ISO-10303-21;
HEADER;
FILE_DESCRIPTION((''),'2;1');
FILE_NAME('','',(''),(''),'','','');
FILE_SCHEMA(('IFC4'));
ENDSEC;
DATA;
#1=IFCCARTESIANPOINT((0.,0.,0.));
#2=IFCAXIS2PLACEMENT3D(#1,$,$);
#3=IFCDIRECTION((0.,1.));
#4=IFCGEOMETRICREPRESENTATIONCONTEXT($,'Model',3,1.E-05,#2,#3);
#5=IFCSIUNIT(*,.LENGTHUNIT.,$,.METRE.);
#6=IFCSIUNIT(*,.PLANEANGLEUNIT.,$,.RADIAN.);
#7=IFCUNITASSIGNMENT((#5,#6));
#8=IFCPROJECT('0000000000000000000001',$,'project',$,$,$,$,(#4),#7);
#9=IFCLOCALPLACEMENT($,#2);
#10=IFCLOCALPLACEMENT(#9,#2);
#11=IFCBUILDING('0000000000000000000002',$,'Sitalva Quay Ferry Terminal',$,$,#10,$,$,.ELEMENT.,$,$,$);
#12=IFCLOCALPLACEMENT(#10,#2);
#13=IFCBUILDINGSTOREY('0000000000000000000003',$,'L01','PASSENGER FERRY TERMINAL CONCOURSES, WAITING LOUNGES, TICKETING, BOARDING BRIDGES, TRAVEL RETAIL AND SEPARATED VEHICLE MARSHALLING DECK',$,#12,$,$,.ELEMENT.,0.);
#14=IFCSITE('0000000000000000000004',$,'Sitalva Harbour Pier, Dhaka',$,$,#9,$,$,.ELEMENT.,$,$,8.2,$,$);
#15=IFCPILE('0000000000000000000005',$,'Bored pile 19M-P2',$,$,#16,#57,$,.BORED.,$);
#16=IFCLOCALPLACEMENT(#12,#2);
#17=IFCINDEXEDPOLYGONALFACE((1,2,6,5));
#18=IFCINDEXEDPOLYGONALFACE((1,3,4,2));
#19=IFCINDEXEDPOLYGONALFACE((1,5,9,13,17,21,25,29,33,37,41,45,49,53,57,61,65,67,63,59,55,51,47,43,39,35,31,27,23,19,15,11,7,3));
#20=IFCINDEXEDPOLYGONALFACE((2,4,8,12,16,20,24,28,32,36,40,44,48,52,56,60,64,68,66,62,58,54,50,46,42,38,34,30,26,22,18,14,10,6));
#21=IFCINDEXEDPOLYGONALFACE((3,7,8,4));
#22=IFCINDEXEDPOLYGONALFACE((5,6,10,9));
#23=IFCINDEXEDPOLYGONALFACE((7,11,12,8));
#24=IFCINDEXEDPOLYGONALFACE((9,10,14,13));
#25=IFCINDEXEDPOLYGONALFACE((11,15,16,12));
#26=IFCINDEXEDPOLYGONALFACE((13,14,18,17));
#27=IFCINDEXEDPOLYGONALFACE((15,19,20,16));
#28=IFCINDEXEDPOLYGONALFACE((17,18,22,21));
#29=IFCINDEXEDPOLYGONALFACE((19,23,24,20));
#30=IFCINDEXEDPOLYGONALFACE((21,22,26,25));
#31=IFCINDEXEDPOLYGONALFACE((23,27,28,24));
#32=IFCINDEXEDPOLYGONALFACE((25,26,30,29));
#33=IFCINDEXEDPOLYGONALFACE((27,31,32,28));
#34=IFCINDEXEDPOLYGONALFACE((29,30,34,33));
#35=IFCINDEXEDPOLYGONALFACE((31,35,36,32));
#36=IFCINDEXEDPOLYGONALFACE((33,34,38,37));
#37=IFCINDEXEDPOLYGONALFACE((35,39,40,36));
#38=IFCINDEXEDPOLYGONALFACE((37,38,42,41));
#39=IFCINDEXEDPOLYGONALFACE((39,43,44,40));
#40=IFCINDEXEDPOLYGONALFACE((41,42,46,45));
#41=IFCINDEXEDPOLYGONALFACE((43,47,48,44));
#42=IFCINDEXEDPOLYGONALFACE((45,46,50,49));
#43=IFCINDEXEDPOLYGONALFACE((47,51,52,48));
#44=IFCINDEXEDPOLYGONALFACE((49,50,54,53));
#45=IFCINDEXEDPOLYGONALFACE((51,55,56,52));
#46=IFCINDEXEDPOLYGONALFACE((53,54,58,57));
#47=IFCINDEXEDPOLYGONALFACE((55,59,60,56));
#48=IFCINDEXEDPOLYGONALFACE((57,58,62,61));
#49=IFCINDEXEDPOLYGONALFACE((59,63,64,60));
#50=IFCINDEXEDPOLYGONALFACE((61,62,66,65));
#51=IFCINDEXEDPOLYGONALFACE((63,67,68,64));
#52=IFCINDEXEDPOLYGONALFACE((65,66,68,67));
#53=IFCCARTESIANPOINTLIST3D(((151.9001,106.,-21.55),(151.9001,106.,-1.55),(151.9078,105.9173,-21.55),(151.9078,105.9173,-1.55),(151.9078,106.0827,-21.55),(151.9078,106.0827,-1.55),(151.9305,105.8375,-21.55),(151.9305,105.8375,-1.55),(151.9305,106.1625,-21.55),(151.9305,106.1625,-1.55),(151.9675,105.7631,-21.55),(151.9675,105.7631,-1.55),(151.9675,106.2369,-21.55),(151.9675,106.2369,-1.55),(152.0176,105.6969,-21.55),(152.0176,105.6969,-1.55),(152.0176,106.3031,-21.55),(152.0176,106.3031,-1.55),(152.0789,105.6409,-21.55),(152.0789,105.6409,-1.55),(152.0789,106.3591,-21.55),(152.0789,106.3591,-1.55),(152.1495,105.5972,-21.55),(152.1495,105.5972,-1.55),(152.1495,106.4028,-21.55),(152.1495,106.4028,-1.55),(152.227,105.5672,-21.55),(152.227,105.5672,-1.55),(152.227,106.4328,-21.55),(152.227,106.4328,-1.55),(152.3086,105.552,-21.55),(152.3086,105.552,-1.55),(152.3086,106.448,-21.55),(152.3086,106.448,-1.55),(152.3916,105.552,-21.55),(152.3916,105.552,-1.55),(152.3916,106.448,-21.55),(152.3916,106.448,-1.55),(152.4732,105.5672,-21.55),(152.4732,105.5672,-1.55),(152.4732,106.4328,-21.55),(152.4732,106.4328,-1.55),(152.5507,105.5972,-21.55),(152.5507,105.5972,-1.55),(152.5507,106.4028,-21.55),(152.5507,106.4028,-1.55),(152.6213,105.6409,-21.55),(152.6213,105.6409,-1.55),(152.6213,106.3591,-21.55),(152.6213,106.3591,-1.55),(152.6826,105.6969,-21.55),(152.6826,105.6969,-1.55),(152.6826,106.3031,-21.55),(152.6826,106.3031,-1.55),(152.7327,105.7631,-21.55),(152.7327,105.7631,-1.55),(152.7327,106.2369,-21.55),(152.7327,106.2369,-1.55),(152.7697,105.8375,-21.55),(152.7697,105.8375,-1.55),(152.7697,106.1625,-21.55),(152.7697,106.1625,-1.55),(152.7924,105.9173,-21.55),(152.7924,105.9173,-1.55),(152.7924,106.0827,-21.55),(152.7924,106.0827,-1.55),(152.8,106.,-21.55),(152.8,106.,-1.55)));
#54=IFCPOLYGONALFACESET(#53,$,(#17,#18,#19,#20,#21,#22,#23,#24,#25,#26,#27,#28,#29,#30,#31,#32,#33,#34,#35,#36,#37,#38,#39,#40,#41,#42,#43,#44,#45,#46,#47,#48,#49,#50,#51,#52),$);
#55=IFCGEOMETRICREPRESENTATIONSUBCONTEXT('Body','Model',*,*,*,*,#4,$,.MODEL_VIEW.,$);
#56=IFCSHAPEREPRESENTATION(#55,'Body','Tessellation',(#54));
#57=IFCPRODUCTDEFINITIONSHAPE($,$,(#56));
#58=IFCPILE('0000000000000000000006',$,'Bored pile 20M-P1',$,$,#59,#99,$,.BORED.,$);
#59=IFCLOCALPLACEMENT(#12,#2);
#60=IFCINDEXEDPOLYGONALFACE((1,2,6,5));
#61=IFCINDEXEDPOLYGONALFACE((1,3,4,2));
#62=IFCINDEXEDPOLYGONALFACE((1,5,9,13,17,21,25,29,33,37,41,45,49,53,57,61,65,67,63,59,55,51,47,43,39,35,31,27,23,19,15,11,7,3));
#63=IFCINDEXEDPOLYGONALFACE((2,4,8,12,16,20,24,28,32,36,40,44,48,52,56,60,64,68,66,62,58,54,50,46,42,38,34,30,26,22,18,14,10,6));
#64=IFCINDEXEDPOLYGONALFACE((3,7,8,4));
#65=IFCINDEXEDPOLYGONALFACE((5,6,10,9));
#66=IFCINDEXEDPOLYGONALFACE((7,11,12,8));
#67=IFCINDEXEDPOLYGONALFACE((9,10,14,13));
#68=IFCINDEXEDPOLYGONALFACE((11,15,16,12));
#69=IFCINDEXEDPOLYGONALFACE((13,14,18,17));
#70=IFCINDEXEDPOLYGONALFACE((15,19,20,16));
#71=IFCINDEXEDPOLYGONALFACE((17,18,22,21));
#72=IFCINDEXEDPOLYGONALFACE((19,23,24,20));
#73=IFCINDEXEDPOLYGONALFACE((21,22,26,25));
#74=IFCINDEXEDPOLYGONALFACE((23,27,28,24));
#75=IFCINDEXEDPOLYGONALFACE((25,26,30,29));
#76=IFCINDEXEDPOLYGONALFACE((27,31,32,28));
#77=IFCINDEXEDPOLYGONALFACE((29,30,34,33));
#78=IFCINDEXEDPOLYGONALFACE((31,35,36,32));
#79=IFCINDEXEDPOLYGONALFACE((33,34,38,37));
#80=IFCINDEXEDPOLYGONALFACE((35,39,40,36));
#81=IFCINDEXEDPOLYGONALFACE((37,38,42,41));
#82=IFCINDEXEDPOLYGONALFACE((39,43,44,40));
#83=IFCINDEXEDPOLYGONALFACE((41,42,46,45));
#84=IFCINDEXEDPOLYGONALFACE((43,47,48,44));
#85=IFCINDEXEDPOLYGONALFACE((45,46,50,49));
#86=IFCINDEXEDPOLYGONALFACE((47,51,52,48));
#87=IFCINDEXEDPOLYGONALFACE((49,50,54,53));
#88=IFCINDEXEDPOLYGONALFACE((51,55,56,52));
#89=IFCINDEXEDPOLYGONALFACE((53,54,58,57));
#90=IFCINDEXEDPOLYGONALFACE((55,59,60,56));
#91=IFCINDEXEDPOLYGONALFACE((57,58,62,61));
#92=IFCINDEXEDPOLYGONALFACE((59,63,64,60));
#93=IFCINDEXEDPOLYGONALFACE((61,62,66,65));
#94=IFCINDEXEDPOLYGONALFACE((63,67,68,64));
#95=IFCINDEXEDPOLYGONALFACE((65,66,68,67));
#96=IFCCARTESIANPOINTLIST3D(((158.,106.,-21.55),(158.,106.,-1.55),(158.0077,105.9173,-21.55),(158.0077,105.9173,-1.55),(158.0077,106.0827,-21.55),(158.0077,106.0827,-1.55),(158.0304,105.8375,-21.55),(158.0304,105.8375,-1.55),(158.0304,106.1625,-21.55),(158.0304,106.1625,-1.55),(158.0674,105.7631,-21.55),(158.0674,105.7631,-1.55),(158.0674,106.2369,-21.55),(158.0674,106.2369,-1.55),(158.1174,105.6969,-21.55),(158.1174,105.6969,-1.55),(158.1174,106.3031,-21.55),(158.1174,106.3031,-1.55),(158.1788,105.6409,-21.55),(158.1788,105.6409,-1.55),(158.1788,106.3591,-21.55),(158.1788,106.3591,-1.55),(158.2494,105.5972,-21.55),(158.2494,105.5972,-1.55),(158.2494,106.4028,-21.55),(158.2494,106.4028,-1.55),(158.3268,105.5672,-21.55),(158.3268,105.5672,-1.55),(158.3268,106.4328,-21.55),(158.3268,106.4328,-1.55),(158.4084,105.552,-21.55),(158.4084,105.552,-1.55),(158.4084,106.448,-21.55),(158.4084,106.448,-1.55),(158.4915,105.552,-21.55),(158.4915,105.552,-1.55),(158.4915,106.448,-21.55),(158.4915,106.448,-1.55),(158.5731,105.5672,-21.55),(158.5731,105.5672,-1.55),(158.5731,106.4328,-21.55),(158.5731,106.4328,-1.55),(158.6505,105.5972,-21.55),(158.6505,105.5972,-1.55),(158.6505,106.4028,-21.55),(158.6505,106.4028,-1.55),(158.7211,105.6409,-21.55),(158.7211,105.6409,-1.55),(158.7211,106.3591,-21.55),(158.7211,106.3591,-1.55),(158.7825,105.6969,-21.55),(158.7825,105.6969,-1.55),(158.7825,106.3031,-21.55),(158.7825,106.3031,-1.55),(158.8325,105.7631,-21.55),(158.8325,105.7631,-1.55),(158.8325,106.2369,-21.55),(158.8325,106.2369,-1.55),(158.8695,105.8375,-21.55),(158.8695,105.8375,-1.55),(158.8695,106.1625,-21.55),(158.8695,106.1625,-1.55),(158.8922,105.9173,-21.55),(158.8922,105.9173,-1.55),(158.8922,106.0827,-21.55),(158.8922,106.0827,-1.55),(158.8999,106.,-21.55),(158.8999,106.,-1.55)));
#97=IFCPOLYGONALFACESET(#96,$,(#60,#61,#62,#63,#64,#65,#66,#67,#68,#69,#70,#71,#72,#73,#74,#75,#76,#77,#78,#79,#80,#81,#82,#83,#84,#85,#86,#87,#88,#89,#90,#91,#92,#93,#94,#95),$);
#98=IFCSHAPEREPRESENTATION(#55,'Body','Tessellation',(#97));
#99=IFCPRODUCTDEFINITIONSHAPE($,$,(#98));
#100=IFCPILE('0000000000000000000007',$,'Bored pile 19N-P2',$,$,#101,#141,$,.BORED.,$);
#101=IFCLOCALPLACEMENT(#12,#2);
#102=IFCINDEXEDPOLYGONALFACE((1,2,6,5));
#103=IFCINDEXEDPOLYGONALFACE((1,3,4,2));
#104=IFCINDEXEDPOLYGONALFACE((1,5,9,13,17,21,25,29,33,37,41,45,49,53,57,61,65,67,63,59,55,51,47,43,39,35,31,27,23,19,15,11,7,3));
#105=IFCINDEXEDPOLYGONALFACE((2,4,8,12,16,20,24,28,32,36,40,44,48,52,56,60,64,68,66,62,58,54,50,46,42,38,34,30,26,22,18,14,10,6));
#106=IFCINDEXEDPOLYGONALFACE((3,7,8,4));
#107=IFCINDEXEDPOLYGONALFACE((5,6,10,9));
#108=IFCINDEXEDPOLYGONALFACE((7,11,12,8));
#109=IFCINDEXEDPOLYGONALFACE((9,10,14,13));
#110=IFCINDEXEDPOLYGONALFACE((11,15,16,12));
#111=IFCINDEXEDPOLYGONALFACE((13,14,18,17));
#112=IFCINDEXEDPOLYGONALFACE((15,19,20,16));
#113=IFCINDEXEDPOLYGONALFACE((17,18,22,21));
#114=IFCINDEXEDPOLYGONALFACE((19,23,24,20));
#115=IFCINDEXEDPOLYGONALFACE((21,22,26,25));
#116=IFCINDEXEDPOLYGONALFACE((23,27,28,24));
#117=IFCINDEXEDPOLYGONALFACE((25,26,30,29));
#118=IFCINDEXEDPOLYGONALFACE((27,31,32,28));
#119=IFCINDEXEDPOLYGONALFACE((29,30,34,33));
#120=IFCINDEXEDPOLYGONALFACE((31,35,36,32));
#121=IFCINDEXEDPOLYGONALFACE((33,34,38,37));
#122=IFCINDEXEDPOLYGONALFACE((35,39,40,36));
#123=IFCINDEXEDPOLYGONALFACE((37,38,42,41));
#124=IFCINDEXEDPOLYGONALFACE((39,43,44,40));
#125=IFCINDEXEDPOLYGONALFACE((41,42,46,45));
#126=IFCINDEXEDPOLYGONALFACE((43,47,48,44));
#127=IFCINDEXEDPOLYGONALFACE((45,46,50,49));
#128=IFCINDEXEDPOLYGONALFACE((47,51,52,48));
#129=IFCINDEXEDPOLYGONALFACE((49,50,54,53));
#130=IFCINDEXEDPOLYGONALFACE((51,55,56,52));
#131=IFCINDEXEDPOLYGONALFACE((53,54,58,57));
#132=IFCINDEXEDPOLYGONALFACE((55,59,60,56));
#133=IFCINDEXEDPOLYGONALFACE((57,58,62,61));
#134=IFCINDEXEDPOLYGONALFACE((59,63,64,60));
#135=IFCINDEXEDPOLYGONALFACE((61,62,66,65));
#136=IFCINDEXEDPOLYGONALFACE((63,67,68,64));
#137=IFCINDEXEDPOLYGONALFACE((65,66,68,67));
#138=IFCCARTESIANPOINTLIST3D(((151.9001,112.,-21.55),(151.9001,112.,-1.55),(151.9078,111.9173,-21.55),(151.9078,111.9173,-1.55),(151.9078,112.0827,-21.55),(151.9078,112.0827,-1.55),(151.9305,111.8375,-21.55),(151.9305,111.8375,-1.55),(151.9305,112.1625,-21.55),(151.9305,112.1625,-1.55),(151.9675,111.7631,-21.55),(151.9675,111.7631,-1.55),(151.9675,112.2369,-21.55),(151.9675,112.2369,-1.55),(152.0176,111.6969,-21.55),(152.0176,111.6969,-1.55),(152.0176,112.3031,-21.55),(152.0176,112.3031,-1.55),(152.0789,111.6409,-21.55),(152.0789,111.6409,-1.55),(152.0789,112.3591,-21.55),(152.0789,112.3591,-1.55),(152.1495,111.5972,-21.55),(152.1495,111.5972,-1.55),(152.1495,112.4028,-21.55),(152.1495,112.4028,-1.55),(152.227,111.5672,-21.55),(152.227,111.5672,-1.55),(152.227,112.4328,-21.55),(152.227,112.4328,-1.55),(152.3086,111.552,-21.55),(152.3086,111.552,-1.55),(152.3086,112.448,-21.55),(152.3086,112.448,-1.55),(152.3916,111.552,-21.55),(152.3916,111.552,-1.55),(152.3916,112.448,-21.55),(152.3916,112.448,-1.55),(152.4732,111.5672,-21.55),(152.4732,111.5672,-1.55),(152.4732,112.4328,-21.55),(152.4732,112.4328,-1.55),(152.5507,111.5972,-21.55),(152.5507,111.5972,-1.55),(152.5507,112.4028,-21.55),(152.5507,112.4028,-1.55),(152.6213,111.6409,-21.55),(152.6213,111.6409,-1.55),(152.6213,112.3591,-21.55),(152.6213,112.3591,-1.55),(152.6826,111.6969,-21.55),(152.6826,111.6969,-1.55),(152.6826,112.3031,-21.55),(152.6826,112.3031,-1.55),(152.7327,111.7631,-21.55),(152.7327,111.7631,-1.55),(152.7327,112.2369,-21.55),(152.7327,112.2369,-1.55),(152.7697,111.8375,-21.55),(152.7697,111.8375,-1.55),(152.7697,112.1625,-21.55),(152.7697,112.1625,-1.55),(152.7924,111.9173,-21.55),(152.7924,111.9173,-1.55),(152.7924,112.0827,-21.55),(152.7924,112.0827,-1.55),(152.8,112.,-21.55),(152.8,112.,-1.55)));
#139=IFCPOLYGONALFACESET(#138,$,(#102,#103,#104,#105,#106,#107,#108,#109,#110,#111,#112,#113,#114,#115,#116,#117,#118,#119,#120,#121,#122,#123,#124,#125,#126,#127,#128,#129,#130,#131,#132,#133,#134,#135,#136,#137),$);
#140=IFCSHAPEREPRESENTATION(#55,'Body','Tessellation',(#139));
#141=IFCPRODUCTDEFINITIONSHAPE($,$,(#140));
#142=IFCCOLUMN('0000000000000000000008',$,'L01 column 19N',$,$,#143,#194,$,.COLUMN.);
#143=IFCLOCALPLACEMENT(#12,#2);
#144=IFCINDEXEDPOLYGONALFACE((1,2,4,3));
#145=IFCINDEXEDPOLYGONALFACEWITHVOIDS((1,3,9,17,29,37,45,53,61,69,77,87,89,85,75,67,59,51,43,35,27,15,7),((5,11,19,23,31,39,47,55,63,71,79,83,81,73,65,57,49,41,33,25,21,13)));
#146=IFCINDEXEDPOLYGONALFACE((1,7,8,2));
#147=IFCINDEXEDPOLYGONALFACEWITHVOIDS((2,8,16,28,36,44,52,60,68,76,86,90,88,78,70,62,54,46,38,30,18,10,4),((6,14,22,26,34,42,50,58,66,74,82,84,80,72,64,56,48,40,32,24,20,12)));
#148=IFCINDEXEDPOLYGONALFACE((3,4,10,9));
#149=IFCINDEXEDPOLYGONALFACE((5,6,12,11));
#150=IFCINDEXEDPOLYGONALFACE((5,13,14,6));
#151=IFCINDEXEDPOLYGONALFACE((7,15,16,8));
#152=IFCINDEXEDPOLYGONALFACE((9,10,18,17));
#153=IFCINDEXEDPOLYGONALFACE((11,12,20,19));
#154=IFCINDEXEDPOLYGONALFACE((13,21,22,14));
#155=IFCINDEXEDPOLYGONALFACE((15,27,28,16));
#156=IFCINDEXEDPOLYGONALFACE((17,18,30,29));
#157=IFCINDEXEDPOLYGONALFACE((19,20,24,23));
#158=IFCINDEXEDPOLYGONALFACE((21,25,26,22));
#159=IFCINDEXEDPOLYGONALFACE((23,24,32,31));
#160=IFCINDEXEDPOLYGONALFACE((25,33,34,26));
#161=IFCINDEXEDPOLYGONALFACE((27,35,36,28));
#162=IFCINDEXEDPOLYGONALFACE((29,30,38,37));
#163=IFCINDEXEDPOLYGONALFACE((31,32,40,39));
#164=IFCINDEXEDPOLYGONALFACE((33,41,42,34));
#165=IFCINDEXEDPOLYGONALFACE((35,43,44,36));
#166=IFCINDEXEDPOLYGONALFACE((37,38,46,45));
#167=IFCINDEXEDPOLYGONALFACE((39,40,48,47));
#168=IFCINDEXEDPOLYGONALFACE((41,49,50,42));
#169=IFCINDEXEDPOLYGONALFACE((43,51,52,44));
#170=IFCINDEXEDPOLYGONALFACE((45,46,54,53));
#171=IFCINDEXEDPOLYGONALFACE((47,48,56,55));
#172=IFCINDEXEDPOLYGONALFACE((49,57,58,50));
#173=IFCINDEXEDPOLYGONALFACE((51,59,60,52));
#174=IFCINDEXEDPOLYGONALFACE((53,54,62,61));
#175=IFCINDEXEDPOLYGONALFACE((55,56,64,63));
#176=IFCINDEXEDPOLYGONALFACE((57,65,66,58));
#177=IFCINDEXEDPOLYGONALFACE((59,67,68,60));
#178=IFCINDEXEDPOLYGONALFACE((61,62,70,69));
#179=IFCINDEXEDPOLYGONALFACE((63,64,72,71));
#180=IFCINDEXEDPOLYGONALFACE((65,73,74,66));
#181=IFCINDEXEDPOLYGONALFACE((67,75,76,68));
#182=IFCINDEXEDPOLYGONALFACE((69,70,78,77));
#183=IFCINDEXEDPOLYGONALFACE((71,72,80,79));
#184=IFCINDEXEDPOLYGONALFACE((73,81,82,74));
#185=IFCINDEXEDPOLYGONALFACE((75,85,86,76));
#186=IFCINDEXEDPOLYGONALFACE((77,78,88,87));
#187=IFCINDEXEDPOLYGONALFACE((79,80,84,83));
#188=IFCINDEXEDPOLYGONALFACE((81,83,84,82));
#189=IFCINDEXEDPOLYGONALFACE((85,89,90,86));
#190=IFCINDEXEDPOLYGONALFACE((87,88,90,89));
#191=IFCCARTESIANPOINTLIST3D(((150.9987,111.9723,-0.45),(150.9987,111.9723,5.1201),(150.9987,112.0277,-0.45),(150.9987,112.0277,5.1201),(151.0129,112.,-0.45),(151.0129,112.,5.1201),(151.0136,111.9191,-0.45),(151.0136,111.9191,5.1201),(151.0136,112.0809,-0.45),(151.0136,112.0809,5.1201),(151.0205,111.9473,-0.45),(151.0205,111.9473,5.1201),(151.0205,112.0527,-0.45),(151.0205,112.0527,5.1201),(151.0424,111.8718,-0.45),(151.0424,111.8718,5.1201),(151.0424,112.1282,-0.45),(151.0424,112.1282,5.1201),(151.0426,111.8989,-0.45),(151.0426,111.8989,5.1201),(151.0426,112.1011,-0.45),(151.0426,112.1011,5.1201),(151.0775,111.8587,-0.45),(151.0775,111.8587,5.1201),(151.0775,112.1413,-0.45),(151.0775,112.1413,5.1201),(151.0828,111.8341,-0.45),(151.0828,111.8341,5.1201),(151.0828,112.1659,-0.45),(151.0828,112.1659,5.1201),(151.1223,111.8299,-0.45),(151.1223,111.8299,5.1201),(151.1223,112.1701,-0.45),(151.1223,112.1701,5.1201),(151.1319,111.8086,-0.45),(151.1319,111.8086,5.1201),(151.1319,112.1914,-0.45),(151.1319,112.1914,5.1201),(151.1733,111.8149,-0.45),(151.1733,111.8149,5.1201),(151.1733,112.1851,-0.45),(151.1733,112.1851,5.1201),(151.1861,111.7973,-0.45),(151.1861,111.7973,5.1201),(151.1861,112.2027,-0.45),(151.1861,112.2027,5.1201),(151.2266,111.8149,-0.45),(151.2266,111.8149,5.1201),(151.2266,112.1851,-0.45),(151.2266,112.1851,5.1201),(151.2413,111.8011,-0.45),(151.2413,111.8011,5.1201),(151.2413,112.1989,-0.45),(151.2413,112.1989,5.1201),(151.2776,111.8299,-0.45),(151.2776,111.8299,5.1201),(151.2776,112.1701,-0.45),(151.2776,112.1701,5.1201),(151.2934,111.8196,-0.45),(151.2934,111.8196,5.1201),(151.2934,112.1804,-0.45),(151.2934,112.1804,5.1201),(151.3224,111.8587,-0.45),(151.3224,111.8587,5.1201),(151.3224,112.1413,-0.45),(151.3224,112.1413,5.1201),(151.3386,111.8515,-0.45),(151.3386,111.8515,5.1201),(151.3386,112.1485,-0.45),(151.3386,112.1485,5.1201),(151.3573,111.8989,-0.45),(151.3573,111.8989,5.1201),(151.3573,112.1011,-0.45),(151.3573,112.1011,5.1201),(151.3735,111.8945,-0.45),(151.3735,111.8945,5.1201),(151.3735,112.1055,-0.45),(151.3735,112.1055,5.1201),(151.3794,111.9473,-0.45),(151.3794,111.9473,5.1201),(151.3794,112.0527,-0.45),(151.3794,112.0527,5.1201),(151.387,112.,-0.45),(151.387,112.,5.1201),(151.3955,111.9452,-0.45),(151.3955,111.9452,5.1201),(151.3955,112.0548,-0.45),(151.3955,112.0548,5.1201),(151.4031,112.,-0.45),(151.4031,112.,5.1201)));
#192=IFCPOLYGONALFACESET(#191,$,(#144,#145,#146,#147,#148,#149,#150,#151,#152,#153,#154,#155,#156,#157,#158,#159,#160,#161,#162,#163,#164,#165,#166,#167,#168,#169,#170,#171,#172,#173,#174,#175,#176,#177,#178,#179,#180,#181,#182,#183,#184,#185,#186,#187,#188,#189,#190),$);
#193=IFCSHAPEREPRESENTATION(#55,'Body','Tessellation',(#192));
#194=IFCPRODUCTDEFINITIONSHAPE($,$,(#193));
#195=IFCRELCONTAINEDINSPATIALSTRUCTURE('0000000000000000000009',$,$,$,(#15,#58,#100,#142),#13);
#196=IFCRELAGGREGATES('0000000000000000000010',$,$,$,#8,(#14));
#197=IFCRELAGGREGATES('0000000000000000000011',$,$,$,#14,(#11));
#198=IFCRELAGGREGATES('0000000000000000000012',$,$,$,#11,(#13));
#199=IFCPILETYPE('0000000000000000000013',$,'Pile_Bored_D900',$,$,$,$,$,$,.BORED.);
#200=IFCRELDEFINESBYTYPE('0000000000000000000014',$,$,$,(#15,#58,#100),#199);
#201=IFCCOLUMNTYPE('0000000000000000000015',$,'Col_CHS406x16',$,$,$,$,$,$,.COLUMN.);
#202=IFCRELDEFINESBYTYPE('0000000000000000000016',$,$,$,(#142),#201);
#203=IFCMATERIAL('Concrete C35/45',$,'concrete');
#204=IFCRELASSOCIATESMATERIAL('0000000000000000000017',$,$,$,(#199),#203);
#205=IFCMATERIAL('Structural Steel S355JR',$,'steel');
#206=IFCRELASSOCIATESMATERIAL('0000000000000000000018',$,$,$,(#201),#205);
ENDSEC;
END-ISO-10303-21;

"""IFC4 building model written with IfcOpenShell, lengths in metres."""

from ifc_helpers import new_model, si_unit, direction, frame, origin, origin_2d, place, context, subcontext, project, spatial, circle, hollow_circle, extrude, material, material_profile, profile_set, type_object, element, save


model = new_model("IFC4")

# Units and contexts
model_context = context("Model", 3, precision=1e-05, world=origin(), true_north=direction((0.0, 1.0)))
body_context = subcontext(model_context, "Body", "Model", "MODEL_VIEW")
ifc_project = project(units=[si_unit("LENGTHUNIT", "METRE"), si_unit("PLANEANGLEUNIT", "RADIAN")], contexts=[model_context])

# Site, building, storey
site_placement = place(None, origin())
site = spatial("IfcSite", under=ifc_project, at=site_placement, Name="Sitalva Harbour Pier, Dhaka", CompositionType="ELEMENT", RefElevation=8.2)
building_placement = place(site_placement, origin())
building = spatial("IfcBuilding", under=site, at=building_placement, Name="Sitalva Quay Ferry Terminal", CompositionType="ELEMENT")
storey_placement = place(building_placement, origin())
storey = spatial("IfcBuildingStorey", under=building, at=storey_placement, Name="L01", Description="PASSENGER FERRY TERMINAL CONCOURSES, WAITING LOUNGES, TICKETING, BOARDING BRIDGES, TRAVEL RETAIL AND SEPARATED VEHICLE MARSHALLING DECK", CompositionType="ELEMENT", Elevation=0.0)

# Piles
ifc_material_1 = material(Name="Concrete C35/45", Category="concrete")
ifc_material_profile_1 = material_profile(ifc_material_1, circle(Radius=0.45, at=origin_2d()), Name="PILE-D900")
ifc_profile_set_1 = profile_set([ifc_material_profile_1], Name="Concrete C35/45")
pile_type = type_object("IfcPileType", Name="Pile_Bored_D900", PredefinedType="BORED", material=ifc_profile_set_1)
for number, where, z_axis, x_axis, name in (
    (1, (152.3501, 106.0, -1.55), (0.0, 0.0, -1.0), (1.0, 0.0, 0.0), "Bored pile 19M-P2"),
    (2, (158.45, 106.0, -1.55), (0.0, 0.0, -1.0), (1.0, 0.0, 0.0), "Bored pile 20M-P1"),
    (3, (152.3501, 112.0, -1.55), (0.0, 0.0, -1.0), (1.0, 0.0, 0.0), "Bored pile 19N-P2"),
):
    element("IfcPile", number, at=place(storey_placement, frame(where, z_axis=z_axis, x_axis=x_axis)), inside=storey, type_object=pile_type, Name=name, PredefinedType="BORED", context=body_context, shape_type="SweptSolid", body=[
        extrude(circle(Radius=0.45, at=origin_2d()), origin(), (0.0, 0.0, 1.0), 20.0),
    ])

# Column
ifc_material_2 = material(Name="Structural Steel S355JR", Category="steel")
ifc_material_profile_2 = material_profile(ifc_material_2, hollow_circle(Radius=0.2031, WallThickness=0.0161, at=origin_2d()), Name="CHS406x16")
ifc_profile_set_2 = profile_set([ifc_material_profile_2], Name="Structural Steel S355JR")
column_type_1 = type_object("IfcColumnType", Name="Col_CHS406x16", PredefinedType="COLUMN", material=ifc_profile_set_2)
column_1_placement = place(storey_placement, frame((151.2, 112.0, -0.45), z_axis=(0.0, 0.0, 1.0), x_axis=(1.0, 0.0, 0.0)))
element("IfcColumn", 4, at=column_1_placement, inside=storey, type_object=column_type_1, Name="L01 column 19N", PredefinedType="COLUMN", context=body_context, shape_type="SweptSolid", body=[
    extrude(hollow_circle(Radius=0.2031, WallThickness=0.0161, at=origin_2d()), origin(), (0.0, 0.0, 1.0), 5.5701),
])

save(model, "model.ifc")
